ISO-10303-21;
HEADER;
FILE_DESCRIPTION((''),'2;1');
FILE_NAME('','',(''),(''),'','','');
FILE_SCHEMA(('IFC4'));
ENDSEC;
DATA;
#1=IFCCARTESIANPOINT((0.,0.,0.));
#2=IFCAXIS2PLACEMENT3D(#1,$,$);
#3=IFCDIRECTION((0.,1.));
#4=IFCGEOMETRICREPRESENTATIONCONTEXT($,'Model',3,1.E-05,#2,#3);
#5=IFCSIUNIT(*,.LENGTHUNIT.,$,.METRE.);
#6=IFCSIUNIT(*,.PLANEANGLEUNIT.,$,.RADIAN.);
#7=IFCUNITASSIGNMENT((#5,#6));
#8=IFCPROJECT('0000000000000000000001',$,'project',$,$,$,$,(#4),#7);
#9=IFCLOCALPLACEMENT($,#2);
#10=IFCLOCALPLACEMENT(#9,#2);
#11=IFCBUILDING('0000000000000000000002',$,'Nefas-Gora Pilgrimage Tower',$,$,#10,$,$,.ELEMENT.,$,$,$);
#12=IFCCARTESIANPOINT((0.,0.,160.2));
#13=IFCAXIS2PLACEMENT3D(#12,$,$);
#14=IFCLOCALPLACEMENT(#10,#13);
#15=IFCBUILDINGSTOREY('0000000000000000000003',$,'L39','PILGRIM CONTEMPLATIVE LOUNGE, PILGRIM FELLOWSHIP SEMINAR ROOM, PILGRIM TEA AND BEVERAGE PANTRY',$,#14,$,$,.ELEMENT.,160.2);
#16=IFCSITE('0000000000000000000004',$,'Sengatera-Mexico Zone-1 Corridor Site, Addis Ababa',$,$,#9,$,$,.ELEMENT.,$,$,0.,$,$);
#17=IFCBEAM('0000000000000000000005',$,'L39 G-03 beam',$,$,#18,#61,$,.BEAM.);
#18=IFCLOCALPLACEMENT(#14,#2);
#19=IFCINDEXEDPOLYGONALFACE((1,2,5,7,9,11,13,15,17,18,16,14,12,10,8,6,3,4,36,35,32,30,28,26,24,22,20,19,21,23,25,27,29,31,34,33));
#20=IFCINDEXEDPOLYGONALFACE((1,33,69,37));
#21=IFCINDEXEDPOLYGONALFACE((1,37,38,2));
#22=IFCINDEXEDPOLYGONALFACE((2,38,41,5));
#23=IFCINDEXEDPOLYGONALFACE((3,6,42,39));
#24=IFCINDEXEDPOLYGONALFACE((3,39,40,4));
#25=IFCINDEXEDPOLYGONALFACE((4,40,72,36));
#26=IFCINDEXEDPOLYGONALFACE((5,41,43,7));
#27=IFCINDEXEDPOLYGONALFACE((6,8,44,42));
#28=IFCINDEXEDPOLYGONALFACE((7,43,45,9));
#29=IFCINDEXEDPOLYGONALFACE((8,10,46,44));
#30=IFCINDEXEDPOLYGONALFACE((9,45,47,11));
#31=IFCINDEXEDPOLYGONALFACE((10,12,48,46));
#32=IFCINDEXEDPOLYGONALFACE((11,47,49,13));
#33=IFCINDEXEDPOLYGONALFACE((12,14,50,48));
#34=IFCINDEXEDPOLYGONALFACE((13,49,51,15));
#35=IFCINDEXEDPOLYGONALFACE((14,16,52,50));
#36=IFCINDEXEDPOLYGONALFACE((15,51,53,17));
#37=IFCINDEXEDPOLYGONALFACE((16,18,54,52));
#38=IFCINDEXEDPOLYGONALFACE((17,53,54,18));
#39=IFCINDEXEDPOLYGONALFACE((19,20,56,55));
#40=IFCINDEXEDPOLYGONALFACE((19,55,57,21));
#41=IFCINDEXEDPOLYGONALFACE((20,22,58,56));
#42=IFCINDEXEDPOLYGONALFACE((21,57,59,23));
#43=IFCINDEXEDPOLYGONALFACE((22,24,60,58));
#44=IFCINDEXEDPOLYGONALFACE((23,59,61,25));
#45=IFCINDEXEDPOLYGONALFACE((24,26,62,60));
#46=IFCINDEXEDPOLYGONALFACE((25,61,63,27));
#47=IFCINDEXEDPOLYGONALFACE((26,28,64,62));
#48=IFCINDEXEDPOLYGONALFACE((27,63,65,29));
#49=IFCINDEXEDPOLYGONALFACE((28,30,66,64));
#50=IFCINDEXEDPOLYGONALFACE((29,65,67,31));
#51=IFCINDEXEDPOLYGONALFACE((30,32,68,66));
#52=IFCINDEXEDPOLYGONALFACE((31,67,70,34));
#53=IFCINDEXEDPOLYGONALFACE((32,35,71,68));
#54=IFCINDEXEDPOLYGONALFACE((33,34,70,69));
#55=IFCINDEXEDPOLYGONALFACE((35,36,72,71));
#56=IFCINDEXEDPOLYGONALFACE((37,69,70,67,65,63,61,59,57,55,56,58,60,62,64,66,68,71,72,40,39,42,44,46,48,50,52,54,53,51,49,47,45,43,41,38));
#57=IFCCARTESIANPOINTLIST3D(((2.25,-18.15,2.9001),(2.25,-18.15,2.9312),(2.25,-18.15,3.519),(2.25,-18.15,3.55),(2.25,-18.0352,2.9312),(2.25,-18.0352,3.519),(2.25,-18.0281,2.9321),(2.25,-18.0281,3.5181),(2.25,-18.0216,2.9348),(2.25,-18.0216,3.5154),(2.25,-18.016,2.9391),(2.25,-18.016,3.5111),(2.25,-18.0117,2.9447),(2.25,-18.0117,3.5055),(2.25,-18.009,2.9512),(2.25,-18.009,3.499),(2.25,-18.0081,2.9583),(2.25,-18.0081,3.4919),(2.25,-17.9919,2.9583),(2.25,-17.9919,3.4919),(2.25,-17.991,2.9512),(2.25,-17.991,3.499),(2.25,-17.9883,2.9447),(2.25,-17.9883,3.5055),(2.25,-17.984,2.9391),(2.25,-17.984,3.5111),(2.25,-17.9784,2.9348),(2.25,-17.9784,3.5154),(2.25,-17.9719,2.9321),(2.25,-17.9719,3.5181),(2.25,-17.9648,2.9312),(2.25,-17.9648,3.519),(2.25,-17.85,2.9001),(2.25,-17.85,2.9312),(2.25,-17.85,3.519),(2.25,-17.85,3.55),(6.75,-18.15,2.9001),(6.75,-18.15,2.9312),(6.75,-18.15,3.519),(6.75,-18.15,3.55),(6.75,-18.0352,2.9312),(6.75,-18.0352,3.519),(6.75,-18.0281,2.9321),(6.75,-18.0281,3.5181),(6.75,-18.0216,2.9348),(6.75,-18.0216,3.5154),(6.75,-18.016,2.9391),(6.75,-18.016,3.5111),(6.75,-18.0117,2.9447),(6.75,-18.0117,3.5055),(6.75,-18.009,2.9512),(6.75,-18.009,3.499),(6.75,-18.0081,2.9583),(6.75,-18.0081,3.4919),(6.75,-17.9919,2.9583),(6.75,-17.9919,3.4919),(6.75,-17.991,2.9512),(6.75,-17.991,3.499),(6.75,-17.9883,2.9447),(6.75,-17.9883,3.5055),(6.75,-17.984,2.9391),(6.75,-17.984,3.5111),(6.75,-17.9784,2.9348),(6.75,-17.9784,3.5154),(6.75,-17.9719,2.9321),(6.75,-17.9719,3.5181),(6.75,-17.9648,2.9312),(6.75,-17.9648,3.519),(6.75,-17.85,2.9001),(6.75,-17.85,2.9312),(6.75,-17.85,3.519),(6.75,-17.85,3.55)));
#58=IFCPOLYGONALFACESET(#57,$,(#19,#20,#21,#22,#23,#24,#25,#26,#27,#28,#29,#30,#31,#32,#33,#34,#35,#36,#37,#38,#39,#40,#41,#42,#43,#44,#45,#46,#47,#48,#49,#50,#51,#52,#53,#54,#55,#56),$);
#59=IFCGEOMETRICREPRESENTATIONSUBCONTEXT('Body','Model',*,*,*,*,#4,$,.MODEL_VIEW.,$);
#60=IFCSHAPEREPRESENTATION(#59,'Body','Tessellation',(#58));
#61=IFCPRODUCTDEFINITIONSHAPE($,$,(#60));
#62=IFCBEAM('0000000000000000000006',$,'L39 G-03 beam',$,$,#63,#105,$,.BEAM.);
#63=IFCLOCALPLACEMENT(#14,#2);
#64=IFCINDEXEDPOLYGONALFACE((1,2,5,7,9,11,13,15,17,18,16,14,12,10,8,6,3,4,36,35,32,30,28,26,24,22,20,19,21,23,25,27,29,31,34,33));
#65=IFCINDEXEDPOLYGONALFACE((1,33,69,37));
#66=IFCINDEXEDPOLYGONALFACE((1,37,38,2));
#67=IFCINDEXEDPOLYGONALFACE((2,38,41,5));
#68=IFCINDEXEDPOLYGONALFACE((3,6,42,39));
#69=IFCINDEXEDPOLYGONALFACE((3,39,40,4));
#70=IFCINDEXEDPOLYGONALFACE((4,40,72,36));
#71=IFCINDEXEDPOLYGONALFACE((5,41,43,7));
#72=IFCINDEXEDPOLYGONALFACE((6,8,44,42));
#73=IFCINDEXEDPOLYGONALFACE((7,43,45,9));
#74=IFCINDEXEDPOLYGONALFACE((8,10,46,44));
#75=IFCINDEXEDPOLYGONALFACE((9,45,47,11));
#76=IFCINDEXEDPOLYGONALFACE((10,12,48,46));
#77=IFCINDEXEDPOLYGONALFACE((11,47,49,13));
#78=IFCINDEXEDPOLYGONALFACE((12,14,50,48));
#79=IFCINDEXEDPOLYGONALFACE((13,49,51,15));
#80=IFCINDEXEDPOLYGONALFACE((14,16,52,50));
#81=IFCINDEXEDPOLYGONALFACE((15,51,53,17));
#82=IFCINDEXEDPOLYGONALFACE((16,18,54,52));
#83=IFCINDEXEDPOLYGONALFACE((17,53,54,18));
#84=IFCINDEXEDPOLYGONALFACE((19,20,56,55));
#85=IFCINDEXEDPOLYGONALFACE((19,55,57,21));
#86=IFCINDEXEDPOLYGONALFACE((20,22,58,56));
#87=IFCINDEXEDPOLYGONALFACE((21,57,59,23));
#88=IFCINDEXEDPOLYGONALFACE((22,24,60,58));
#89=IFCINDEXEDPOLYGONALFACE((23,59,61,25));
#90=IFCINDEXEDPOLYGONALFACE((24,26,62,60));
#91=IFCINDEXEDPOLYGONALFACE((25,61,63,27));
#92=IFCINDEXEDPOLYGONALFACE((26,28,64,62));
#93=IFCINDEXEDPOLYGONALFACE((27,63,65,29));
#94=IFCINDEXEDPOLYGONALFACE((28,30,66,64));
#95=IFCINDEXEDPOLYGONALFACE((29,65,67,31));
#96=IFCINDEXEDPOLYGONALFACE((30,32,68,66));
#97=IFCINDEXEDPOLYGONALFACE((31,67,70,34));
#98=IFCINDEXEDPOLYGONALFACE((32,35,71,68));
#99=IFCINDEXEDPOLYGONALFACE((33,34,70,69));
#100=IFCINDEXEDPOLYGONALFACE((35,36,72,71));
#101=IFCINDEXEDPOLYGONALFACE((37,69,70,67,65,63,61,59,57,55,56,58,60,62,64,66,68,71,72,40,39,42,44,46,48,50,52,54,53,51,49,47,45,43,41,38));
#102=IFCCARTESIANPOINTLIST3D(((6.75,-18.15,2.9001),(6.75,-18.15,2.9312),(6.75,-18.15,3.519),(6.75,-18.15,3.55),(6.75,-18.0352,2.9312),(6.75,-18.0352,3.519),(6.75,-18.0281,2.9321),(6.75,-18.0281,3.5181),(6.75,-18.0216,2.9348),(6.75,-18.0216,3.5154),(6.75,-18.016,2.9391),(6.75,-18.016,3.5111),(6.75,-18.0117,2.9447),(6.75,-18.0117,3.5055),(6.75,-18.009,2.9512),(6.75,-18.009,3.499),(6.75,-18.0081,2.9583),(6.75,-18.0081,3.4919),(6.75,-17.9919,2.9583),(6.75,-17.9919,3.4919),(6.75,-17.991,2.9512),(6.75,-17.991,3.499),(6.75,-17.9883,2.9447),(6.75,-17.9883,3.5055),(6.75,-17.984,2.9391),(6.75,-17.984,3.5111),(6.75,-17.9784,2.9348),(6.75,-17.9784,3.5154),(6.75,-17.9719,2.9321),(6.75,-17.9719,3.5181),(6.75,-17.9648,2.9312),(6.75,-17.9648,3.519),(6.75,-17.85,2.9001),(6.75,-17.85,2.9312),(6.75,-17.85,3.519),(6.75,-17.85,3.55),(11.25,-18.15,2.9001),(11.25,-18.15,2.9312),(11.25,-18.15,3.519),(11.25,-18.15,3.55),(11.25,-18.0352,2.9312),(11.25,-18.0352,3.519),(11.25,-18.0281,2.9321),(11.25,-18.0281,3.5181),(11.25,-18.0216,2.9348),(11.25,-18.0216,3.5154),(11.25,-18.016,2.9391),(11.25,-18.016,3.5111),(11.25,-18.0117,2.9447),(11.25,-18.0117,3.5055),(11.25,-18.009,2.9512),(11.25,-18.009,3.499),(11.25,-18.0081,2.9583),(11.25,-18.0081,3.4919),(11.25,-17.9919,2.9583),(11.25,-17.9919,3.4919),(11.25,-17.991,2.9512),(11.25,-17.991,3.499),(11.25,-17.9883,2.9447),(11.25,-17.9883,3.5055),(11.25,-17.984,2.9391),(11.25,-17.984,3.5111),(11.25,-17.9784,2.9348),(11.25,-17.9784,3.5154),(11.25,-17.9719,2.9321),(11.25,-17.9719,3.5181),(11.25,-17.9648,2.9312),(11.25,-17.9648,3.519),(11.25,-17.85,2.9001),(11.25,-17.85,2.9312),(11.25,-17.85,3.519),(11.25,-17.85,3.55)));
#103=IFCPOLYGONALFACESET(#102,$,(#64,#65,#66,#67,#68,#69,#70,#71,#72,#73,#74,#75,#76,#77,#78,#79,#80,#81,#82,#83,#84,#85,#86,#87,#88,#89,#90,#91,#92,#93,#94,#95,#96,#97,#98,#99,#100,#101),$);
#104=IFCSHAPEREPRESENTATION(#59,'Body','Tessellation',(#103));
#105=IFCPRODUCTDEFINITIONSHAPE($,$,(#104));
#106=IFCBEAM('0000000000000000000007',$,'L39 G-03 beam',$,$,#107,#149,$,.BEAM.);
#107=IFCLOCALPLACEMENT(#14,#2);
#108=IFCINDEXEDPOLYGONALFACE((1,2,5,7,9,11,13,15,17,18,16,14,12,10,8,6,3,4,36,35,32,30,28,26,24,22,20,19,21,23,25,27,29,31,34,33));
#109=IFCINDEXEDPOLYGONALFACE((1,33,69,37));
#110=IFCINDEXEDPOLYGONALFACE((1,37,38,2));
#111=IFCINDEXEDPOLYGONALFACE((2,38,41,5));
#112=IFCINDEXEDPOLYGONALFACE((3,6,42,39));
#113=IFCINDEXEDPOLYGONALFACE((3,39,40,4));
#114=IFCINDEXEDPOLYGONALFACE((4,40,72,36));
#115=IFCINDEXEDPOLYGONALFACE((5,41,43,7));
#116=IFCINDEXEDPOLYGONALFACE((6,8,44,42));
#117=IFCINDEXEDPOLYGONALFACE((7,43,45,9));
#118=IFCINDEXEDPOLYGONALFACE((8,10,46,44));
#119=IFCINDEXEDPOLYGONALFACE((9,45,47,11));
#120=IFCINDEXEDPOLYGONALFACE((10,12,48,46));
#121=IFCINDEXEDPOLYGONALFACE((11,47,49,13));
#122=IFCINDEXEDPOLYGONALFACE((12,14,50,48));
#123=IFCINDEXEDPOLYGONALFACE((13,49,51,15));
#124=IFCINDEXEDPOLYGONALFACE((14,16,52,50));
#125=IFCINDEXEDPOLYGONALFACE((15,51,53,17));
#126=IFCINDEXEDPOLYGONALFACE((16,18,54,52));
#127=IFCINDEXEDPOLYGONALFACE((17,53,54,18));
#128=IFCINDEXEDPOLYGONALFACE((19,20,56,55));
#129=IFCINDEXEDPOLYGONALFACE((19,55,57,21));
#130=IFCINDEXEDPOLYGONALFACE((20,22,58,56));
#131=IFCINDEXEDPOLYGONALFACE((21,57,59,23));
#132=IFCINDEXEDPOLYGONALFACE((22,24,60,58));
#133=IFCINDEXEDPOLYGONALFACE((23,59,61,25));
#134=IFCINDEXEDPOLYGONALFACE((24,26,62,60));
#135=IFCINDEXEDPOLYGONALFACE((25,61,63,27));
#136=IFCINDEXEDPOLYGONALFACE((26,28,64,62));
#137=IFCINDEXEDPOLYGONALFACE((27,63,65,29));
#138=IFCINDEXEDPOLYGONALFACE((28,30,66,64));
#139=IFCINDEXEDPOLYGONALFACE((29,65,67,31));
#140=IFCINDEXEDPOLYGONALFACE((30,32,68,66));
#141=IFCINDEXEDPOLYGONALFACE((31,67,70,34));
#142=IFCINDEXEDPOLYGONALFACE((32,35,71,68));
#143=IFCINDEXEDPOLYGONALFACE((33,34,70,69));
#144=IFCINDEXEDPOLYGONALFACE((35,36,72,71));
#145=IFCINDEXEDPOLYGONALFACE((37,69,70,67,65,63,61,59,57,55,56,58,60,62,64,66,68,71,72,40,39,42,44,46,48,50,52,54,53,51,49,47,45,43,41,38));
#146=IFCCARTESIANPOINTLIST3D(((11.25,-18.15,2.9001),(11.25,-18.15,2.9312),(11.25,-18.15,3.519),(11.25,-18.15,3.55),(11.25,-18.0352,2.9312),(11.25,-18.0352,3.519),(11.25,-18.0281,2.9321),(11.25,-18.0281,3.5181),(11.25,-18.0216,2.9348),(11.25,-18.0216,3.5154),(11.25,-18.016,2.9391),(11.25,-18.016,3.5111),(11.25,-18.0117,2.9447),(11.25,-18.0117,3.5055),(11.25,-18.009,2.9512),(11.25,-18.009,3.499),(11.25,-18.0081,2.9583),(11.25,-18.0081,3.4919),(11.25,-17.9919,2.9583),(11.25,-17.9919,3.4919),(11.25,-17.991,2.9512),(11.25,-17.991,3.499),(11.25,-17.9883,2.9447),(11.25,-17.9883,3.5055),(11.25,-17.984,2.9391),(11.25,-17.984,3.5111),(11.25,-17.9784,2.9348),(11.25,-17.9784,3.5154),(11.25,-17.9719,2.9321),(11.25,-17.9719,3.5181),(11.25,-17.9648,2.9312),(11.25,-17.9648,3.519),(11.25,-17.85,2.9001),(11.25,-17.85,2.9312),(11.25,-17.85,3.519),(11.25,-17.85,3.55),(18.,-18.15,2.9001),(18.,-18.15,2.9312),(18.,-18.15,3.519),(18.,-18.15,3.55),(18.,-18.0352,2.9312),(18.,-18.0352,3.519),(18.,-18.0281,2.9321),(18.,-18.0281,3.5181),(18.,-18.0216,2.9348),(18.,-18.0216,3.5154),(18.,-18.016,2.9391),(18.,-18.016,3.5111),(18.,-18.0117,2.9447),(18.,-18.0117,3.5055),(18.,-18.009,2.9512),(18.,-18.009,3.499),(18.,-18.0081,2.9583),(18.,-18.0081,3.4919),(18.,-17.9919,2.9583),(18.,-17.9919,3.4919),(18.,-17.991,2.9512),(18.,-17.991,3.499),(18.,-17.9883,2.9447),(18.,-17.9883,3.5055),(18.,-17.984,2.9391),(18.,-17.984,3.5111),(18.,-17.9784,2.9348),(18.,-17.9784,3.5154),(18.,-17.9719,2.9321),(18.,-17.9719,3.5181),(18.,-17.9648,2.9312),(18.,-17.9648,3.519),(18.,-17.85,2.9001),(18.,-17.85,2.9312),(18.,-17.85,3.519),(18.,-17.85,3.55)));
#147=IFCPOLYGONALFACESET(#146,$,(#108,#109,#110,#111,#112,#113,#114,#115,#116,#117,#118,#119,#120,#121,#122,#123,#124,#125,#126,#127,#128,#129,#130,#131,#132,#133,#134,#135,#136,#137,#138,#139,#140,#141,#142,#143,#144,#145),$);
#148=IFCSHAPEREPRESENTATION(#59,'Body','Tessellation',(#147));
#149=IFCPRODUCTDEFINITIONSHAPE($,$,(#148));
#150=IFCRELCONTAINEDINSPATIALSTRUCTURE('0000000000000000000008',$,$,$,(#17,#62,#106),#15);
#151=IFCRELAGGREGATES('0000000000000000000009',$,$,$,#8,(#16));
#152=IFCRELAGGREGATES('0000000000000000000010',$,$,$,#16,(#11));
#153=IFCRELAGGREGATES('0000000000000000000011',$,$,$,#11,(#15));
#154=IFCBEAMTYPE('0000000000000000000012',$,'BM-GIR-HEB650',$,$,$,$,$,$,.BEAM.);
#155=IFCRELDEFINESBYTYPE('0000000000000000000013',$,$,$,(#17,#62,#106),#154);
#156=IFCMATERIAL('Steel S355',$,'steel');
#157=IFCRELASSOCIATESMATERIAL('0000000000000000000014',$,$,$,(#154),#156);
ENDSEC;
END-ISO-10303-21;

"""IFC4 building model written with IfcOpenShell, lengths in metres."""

from ifc_helpers import new_model, si_unit, direction, frame, origin, origin_2d, place, context, subcontext, project, spatial, i_section, extrude, source, transform, mapped, material, material_profile, profile_set, type_object, element, save


model = new_model("IFC4")

# Units and contexts
model_context = context("Model", 3, precision=1e-05, world=origin(), true_north=direction((0.0, 1.0)))
body_context = subcontext(model_context, "Body", "Model", "MODEL_VIEW")
ifc_project = project(units=[si_unit("LENGTHUNIT", "METRE"), si_unit("PLANEANGLEUNIT", "RADIAN")], contexts=[model_context])

# Site, building, storey
site_placement = place(None, origin())
site = spatial("IfcSite", under=ifc_project, at=site_placement, Name="Sengatera-Mexico Zone-1 Corridor Site, Addis Ababa", CompositionType="ELEMENT", RefElevation=0.0)
building_placement = place(site_placement, origin())
building = spatial("IfcBuilding", under=site, at=building_placement, Name="Nefas-Gora Pilgrimage Tower", CompositionType="ELEMENT")
storey_placement = place(building_placement, frame((0.0, 0.0, 160.2)))
storey = spatial("IfcBuildingStorey", under=building, at=storey_placement, Name="L39", Description="PILGRIM CONTEMPLATIVE LOUNGE, PILGRIM FELLOWSHIP SEMINAR ROOM, PILGRIM TEA AND BEVERAGE PANTRY", CompositionType="ELEMENT", Elevation=160.2)

# Beams
ifc_material_1 = material(Name="Steel S355", Category="steel")
ifc_material_profile_1 = material_profile(ifc_material_1, i_section(OverallWidth=0.3, OverallDepth=0.6499, WebThickness=0.0161, FlangeThickness=0.031, FilletRadius=0.0271, at=origin_2d()), Name="HEB 650")
ifc_profile_set_1 = profile_set([ifc_material_profile_1], Name="Steel S355")
beam_type = type_object("IfcBeamType", Name="BM-GIR-HEB650", PredefinedType="BEAM", material=ifc_profile_set_1)
shared_shape_1 = source(origin(), body_context, "Body", "SweptSolid", [
    extrude(i_section(OverallWidth=0.3, OverallDepth=0.6499, WebThickness=0.0161, FlangeThickness=0.031, FilletRadius=0.0271, at=origin_2d()), origin(), (0.0, 0.0, 1.0), 4.5),
])
for number, where, z_axis, x_axis, name in (
    (1, (2.25, -18.0, 3.2251), (1.0, 0.0, 0.0), (0.0, 1.0, 0.0), "L39 G-03 beam"),
    (2, (6.75, -18.0, 3.2251), (1.0, 0.0, 0.0), (0.0, 1.0, 0.0), "L39 G-03 beam"),
):
    element("IfcBeam", number, at=place(storey_placement, frame(where, z_axis=z_axis, x_axis=x_axis)), inside=storey, type_object=beam_type, Name=name, PredefinedType="BEAM", context=body_context, shape_type="MappedRepresentation", body=[
        mapped(shared_shape_1, transform((0.0, 0.0, 0.0), x_axis=(1.0, 0.0, 0.0), y_axis=(0.0, 1.0, 0.0), z_axis=(0.0, 0.0, 1.0), scale=1.0)),
    ])
shared_shape_2 = source(origin(), body_context, "Body", "SweptSolid", [
    extrude(i_section(OverallWidth=0.3, OverallDepth=0.6499, WebThickness=0.0161, FlangeThickness=0.031, FilletRadius=0.0271, at=origin_2d()), origin(), (0.0, 0.0, 1.0), 6.75),
])
beam_1_placement = place(storey_placement, frame((11.25, -18.0, 3.2251), z_axis=(1.0, 0.0, 0.0), x_axis=(0.0, 1.0, 0.0)))
element("IfcBeam", 3, at=beam_1_placement, inside=storey, type_object=beam_type, Name="L39 G-03 beam", PredefinedType="BEAM", context=body_context, shape_type="MappedRepresentation", body=[
    mapped(shared_shape_2, transform((0.0, 0.0, 0.0), x_axis=(1.0, 0.0, 0.0), y_axis=(0.0, 1.0, 0.0), z_axis=(0.0, 0.0, 1.0), scale=1.0)),
])

save(model, "model.ifc")
